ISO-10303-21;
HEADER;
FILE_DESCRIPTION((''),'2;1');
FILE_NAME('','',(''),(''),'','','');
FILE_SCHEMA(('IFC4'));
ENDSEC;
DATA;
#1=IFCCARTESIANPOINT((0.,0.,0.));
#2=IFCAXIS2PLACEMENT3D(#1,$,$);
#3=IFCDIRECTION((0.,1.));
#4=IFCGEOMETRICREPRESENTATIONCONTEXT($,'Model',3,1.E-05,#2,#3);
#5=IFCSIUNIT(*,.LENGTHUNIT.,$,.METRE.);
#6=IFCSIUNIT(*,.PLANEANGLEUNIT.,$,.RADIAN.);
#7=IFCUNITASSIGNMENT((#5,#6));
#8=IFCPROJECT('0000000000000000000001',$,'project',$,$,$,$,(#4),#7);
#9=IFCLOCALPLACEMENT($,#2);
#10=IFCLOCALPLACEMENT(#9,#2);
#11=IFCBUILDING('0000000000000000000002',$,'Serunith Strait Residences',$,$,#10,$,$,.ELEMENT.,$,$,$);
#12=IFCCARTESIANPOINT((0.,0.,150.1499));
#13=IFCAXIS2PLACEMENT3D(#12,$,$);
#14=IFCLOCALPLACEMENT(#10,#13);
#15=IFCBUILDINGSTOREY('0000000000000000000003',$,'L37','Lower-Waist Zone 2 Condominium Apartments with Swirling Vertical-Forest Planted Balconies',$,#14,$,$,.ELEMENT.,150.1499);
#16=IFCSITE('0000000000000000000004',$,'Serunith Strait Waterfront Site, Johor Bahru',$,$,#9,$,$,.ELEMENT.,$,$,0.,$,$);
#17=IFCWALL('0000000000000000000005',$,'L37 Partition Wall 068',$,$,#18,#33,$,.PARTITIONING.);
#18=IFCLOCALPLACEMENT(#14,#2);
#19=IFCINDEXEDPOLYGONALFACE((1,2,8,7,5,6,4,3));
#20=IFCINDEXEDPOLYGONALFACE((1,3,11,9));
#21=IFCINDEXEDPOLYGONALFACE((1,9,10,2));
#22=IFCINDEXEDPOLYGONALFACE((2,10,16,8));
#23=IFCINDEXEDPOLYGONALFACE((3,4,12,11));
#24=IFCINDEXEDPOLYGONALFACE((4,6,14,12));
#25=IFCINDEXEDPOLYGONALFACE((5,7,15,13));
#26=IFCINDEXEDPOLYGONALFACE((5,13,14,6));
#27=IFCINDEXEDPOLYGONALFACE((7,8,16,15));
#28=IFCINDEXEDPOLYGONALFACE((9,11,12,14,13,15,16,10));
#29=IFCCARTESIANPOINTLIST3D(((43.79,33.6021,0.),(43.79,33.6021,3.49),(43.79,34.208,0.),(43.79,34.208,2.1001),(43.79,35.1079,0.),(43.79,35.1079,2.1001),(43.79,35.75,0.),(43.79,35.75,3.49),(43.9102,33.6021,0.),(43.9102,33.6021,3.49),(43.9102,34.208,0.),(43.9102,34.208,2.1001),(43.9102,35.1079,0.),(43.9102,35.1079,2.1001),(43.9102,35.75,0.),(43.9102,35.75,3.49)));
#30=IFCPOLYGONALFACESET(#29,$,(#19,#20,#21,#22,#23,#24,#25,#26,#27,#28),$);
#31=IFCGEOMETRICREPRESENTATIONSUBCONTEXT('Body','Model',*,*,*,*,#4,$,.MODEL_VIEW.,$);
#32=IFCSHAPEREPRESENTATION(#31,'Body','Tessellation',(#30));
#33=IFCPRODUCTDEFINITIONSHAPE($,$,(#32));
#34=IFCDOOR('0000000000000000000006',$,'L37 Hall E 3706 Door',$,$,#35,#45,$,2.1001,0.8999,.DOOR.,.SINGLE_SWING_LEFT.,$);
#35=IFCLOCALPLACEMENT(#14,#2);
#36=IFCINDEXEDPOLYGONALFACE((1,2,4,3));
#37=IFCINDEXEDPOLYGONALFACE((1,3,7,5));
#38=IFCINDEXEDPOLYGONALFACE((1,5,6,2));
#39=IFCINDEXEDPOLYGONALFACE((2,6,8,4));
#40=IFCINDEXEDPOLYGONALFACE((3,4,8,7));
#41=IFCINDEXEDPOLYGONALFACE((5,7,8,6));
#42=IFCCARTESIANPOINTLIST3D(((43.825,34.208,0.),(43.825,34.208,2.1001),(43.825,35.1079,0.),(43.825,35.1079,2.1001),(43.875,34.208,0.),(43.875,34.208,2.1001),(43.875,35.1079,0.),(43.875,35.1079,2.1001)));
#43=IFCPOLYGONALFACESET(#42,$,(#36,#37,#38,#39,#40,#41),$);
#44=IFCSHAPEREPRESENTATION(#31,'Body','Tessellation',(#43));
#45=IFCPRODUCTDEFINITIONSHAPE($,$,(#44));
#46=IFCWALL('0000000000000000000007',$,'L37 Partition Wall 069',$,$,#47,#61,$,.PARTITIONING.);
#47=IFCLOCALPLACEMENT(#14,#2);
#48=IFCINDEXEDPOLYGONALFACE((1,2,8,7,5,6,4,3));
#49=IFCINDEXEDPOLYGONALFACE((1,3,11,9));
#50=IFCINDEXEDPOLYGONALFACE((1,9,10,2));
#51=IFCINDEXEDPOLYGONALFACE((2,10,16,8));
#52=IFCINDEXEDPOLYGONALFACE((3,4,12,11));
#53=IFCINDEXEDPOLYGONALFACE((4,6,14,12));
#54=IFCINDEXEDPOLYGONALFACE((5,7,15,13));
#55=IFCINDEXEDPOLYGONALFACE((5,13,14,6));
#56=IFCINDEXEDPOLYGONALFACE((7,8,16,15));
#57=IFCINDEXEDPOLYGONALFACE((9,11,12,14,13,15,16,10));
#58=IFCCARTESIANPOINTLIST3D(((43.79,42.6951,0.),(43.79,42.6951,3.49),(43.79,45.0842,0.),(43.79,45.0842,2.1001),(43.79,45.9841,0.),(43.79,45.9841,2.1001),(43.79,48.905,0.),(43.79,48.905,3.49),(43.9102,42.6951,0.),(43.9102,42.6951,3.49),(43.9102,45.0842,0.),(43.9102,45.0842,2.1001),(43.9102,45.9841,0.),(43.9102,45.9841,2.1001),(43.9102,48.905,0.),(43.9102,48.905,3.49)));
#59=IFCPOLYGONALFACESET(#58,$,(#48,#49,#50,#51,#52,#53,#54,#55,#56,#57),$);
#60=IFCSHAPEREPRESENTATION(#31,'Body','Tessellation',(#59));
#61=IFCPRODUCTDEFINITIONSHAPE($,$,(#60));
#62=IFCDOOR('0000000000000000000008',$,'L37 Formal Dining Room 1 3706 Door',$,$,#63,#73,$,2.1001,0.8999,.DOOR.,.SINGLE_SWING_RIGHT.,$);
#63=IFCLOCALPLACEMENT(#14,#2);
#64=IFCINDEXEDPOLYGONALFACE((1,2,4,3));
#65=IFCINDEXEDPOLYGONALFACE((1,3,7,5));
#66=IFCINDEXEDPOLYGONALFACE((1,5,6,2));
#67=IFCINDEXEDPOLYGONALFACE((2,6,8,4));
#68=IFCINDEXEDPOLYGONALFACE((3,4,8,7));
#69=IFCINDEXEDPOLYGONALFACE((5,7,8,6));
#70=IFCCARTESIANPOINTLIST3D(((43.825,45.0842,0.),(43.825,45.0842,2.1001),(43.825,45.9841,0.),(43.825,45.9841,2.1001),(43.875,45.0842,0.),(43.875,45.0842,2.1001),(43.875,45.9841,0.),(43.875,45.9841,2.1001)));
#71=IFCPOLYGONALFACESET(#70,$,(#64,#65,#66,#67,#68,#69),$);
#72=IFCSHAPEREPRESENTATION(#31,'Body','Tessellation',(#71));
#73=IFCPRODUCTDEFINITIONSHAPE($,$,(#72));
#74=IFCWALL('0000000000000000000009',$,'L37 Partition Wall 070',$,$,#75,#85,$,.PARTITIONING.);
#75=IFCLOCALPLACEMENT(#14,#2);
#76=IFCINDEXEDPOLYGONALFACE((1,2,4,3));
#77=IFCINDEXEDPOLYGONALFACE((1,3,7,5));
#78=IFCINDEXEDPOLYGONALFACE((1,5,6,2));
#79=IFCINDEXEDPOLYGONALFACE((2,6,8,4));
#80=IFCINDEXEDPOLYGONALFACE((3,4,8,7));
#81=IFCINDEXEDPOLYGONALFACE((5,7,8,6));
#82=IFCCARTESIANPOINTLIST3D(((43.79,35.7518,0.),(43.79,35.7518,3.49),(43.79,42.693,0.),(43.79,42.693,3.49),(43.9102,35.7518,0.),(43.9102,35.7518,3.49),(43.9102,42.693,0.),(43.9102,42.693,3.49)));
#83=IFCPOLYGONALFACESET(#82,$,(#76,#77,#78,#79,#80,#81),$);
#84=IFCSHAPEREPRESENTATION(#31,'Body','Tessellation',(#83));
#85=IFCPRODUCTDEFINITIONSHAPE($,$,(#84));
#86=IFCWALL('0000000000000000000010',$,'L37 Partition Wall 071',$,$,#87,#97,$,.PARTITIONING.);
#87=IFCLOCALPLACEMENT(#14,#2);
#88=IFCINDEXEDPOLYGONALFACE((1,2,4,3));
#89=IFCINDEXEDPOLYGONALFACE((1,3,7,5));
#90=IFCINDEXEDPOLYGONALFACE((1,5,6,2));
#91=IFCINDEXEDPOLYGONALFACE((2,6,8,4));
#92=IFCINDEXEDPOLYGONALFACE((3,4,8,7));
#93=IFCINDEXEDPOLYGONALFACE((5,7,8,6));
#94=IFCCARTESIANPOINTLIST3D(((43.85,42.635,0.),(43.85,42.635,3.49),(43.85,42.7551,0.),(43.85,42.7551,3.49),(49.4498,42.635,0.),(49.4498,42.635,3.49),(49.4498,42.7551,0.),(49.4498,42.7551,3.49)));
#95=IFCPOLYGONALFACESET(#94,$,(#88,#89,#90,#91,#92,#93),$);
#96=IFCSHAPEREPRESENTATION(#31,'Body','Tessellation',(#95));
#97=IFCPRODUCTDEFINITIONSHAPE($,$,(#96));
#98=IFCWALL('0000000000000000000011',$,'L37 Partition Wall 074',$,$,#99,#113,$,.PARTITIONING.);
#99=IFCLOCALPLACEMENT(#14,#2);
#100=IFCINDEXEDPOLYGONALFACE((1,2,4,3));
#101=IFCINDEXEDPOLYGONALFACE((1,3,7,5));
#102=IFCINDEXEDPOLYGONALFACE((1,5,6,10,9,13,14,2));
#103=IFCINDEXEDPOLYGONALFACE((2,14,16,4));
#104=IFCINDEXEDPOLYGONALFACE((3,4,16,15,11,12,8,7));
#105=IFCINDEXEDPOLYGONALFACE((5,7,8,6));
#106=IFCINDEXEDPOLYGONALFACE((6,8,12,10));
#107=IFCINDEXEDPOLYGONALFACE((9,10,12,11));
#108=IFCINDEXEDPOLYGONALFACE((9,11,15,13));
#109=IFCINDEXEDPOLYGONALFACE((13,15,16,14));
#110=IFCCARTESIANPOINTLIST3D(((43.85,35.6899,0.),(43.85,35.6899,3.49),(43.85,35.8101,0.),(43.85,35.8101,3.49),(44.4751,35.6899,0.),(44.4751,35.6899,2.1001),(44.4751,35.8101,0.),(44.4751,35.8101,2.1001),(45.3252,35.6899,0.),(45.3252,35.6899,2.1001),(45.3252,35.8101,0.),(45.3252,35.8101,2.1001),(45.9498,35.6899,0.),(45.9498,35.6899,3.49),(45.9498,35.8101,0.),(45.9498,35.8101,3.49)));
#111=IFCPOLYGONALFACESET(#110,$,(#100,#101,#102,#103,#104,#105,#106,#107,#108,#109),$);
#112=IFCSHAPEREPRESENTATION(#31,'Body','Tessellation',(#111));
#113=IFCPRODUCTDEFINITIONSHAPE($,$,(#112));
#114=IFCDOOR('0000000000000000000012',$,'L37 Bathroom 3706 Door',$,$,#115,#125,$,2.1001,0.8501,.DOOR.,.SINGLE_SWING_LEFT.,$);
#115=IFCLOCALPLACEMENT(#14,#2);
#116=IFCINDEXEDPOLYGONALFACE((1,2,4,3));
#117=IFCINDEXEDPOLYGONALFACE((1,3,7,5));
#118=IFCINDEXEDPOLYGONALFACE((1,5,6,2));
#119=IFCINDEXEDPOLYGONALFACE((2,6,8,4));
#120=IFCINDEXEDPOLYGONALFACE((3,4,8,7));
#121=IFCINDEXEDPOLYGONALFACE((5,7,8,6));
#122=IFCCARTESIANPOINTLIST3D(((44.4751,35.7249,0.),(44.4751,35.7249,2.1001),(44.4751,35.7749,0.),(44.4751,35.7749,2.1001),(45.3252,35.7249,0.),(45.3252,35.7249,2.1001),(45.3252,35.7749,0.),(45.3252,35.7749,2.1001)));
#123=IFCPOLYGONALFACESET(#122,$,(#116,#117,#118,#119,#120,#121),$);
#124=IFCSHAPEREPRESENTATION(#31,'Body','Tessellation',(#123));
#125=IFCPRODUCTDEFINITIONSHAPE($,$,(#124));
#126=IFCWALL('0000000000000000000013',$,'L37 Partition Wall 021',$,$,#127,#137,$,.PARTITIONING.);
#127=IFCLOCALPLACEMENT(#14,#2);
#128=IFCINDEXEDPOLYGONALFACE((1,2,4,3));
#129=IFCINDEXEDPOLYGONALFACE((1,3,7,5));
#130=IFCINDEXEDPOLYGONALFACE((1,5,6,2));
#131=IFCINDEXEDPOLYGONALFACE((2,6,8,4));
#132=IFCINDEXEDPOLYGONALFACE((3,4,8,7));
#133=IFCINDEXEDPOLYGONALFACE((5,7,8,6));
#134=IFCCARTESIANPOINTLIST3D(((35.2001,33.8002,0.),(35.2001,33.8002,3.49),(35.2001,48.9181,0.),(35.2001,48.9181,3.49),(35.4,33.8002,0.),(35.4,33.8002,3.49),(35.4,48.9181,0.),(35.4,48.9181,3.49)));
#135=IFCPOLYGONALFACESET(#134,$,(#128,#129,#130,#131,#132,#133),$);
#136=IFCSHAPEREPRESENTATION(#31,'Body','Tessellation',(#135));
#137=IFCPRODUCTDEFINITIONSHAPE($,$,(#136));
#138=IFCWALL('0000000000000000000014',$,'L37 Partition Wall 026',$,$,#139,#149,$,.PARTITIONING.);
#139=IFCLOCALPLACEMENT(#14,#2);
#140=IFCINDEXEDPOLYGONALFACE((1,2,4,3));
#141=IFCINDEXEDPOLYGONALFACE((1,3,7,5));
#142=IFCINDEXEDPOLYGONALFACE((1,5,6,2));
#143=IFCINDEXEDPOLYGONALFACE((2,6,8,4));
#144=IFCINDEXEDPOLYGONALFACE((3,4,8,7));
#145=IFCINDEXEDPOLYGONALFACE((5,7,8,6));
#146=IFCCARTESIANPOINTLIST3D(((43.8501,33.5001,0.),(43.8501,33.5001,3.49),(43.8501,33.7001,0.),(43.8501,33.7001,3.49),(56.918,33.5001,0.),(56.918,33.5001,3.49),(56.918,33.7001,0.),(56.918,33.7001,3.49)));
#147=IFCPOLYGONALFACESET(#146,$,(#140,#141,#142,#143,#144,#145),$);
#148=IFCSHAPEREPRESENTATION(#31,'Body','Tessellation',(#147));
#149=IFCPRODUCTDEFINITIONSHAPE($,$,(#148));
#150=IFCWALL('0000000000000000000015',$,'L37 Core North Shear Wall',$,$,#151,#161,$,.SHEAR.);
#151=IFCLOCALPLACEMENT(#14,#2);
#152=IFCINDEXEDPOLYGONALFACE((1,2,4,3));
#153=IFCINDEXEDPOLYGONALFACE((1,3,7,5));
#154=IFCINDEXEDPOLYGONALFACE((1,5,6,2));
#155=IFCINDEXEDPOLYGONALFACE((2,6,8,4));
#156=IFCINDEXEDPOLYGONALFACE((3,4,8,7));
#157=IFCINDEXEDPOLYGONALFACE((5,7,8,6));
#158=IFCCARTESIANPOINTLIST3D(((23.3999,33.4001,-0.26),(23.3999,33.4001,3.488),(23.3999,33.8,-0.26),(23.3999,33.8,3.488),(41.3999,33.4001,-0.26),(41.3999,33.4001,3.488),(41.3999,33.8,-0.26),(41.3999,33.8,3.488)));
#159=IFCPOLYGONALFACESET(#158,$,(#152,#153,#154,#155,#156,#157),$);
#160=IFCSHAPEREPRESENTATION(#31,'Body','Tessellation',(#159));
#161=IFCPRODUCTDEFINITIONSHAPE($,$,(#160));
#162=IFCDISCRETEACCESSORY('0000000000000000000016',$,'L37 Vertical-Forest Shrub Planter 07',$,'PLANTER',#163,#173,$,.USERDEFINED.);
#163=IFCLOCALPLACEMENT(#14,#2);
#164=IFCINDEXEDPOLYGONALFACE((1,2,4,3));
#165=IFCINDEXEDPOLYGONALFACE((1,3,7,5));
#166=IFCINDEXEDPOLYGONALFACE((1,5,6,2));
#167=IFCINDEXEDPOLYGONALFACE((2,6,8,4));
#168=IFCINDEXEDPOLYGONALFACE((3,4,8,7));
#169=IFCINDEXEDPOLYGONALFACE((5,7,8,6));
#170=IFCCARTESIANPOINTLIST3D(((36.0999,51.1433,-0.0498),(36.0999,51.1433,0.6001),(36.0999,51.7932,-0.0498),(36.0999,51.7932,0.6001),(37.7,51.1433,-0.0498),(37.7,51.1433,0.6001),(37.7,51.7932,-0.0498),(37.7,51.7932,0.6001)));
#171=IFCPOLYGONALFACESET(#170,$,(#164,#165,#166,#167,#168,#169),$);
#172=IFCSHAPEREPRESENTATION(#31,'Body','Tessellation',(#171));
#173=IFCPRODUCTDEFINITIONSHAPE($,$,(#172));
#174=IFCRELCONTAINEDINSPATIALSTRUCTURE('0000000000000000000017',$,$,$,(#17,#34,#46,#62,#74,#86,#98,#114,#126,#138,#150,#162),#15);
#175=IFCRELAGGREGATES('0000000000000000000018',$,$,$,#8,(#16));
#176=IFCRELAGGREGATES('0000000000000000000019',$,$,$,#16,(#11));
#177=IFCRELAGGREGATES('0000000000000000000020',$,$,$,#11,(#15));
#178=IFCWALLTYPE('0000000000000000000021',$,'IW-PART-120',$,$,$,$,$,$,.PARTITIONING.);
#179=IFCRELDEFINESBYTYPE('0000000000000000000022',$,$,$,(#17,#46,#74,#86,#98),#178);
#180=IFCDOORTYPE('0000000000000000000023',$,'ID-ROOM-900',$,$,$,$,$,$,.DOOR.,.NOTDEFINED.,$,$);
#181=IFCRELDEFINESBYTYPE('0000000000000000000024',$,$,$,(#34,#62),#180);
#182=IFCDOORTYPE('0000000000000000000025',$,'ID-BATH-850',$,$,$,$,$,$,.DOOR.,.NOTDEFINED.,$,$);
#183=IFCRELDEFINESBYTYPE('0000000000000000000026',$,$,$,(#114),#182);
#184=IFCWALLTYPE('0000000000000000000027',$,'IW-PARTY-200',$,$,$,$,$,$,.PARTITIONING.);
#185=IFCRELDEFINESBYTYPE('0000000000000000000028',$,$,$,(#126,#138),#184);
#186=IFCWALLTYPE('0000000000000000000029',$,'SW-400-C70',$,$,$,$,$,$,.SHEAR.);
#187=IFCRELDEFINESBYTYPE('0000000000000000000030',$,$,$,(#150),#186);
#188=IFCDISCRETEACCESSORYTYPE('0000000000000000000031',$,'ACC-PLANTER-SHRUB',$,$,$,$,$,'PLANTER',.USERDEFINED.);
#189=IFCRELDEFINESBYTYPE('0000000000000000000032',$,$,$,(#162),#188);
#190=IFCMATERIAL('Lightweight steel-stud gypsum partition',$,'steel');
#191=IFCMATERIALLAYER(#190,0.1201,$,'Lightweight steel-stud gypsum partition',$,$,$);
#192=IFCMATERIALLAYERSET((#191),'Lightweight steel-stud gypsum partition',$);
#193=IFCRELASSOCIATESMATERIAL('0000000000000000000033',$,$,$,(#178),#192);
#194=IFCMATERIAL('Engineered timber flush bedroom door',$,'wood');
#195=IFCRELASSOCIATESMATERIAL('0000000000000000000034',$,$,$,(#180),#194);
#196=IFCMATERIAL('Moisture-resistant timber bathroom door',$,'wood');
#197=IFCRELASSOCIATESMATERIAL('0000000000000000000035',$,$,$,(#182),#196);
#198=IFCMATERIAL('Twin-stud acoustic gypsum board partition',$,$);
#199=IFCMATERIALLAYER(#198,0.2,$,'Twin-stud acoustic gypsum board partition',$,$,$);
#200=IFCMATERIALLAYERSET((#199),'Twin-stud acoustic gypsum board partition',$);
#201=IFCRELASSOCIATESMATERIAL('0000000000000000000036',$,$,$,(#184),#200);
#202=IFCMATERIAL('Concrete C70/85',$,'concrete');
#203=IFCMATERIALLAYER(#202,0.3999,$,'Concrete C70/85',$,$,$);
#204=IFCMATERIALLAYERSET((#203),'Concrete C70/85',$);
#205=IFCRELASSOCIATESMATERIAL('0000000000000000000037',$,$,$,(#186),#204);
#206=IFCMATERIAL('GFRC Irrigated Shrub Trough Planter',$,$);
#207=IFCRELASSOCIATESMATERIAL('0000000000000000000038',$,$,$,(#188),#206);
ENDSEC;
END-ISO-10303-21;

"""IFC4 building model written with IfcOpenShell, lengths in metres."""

from ifc_helpers import new_model, si_unit, direction, frame, frame_2d, origin, origin_2d, place, context, subcontext, project, spatial, rectangle, extrude, source, transform, mapped, material, layer, layer_set, type_object, element, fill, save


model = new_model("IFC4")

# Units and contexts
model_context = context("Model", 3, precision=1e-05, world=origin(), true_north=direction((0.0, 1.0)))
body_context = subcontext(model_context, "Body", "Model", "MODEL_VIEW")
ifc_project = project(units=[si_unit("LENGTHUNIT", "METRE"), si_unit("PLANEANGLEUNIT", "RADIAN")], contexts=[model_context])

# Site, building, storey
site_placement = place(None, origin())
site = spatial("IfcSite", under=ifc_project, at=site_placement, Name="Serunith Strait Waterfront Site, Johor Bahru", CompositionType="ELEMENT", RefElevation=0.0)
building_placement = place(site_placement, origin())
building = spatial("IfcBuilding", under=site, at=building_placement, Name="Serunith Strait Residences", CompositionType="ELEMENT")
storey_placement = place(building_placement, frame((0.0, 0.0, 150.1499)))
storey = spatial("IfcBuildingStorey", under=building, at=storey_placement, Name="L37", Description="Lower-Waist Zone 2 Condominium Apartments with Swirling Vertical-Forest Planted Balconies", CompositionType="ELEMENT", Elevation=150.1499)

# Walls, openings, doors
ifc_material_1 = material(Name="Lightweight steel-stud gypsum partition", Category="steel")
ifc_layer_1 = layer(ifc_material_1, 0.1201, Name="Lightweight steel-stud gypsum partition")
ifc_layer_set_1 = layer_set([ifc_layer_1], Name="Lightweight steel-stud gypsum partition")
wall_type_1 = type_object("IfcWallType", Name="IW-PART-120", PredefinedType="PARTITIONING", material=ifc_layer_set_1)
wall_1_placement = place(storey_placement, frame((43.8501, 35.75, 0.0), z_axis=(0.0, 0.0, 1.0), x_axis=(0.0, -1.0, 0.0)))
wall_1 = element("IfcWall", 1, at=wall_1_placement, inside=storey, type_object=wall_type_1, Name="L37 Partition Wall 068", PredefinedType="PARTITIONING", context=body_context, shape_type="SweptSolid", body=[
    extrude(rectangle(XDim=2.1479, YDim=0.1201, at=frame_2d((1.074, 0.0))), origin(), (0.0, 0.0, 1.0), 3.49),
])
opening_1_placement = place(wall_1_placement, frame((0.6421, 0.0, 0.0)))
opening_1 = element("IfcOpeningElement", 2, at=opening_1_placement, cuts=wall_1, PredefinedType="OPENING", context=body_context, shape_type="SweptSolid", body=[
    extrude(rectangle(XDim=0.8999, YDim=2.1001, at=frame_2d((0.45, 1.05))), frame((0.0, 0.0701, 0.0), z_axis=(0.0, -1.0, 0.0), x_axis=(1.0, 0.0, 0.0)), (0.0, 0.0, 1.0), 0.1401),
])
ifc_material_2 = material(Name="Engineered timber flush bedroom door", Category="wood")
door_type_1 = type_object("IfcDoorType", Name="ID-ROOM-900", OperationType="NOTDEFINED", PredefinedType="DOOR", material=ifc_material_2)
shared_shape_1 = source(origin(), body_context, "Body", "SweptSolid", [
    extrude(rectangle(XDim=0.8999, YDim=2.1001, at=frame_2d((0.45, 1.05))), frame((0.0, 0.0249, 0.0), z_axis=(0.0, -1.0, 0.0), x_axis=(1.0, 0.0, 0.0)), (0.0, 0.0, 1.0), 0.05),
])
door_1_placement = place(opening_1_placement, origin())
door_1 = element("IfcDoor", 3, at=door_1_placement, inside=storey, type_object=door_type_1, Name="L37 Hall E 3706 Door", OperationType="SINGLE_SWING_LEFT", OverallHeight=2.1001, OverallWidth=0.8999, PredefinedType="DOOR", context=body_context, shape_type="MappedRepresentation", body=[
    mapped(shared_shape_1, transform((0.0, 0.0, 0.0), scale=1.0)),
])
fill(opening_1, door_1)
wall_2_placement = place(storey_placement, frame((43.8501, 48.905, 0.0), z_axis=(0.0, 0.0, 1.0), x_axis=(0.0, -1.0, 0.0)))
wall_2 = element("IfcWall", 4, at=wall_2_placement, inside=storey, type_object=wall_type_1, Name="L37 Partition Wall 069", PredefinedType="PARTITIONING", context=body_context, shape_type="SweptSolid", body=[
    extrude(rectangle(XDim=6.21, YDim=0.1201, at=frame_2d((3.105, 0.0))), origin(), (0.0, 0.0, 1.0), 3.49),
])
opening_2_placement = place(wall_2_placement, frame((2.9209, 0.0, 0.0)))
opening_2 = element("IfcOpeningElement", 5, at=opening_2_placement, cuts=wall_2, PredefinedType="OPENING", context=body_context, shape_type="SweptSolid", body=[
    extrude(rectangle(XDim=0.8999, YDim=2.1001, at=frame_2d((0.45, 1.05))), frame((0.0, 0.0701, 0.0), z_axis=(0.0, -1.0, 0.0), x_axis=(1.0, 0.0, 0.0)), (0.0, 0.0, 1.0), 0.1401),
])
door_2_placement = place(opening_2_placement, origin())
door_2 = element("IfcDoor", 6, at=door_2_placement, inside=storey, type_object=door_type_1, Name="L37 Formal Dining Room 1 3706 Door", OperationType="SINGLE_SWING_RIGHT", OverallHeight=2.1001, OverallWidth=0.8999, PredefinedType="DOOR", context=body_context, shape_type="MappedRepresentation", body=[
    mapped(shared_shape_1, transform((0.0, 0.0, 0.0), scale=1.0)),
])
fill(opening_2, door_2)

# Walls
wall_3_placement = place(storey_placement, frame((43.8501, 42.6931, 0.0), z_axis=(0.0, 0.0, 1.0), x_axis=(0.0, -1.0, 0.0)))
element("IfcWall", 7, at=wall_3_placement, inside=storey, type_object=wall_type_1, Name="L37 Partition Wall 070", PredefinedType="PARTITIONING", context=body_context, shape_type="SweptSolid", body=[
    extrude(rectangle(XDim=6.9412, YDim=0.1201, at=frame_2d((3.4707, 0.0))), origin(), (0.0, 0.0, 1.0), 3.49),
])
wall_4_placement = place(storey_placement, frame((43.8501, 42.6951, 0.0), z_axis=(0.0, 0.0, 1.0), x_axis=(1.0, 0.0, 0.0)))
element("IfcWall", 8, at=wall_4_placement, inside=storey, type_object=wall_type_1, Name="L37 Partition Wall 071", PredefinedType="PARTITIONING", context=body_context, shape_type="SweptSolid", body=[
    extrude(rectangle(XDim=5.5999, YDim=0.1201, at=frame_2d((2.7998, 0.0))), origin(), (0.0, 0.0, 1.0), 3.49),
])

# Wall, opening, door
wall_5_placement = place(storey_placement, frame((43.8501, 35.75, 0.0), z_axis=(0.0, 0.0, 1.0), x_axis=(1.0, 0.0, 0.0)))
wall_5 = element("IfcWall", 9, at=wall_5_placement, inside=storey, type_object=wall_type_1, Name="L37 Partition Wall 074", PredefinedType="PARTITIONING", context=body_context, shape_type="SweptSolid", body=[
    extrude(rectangle(XDim=2.0999, YDim=0.1201, at=frame_2d((1.0498, 0.0))), origin(), (0.0, 0.0, 1.0), 3.49),
])
opening_3_placement = place(wall_5_placement, frame((0.625, 0.0, 0.0)))
opening_3 = element("IfcOpeningElement", 10, at=opening_3_placement, cuts=wall_5, PredefinedType="OPENING", context=body_context, shape_type="SweptSolid", body=[
    extrude(rectangle(XDim=0.8501, YDim=2.1001, at=frame_2d((0.425, 1.05))), frame((0.0, 0.0701, 0.0), z_axis=(0.0, -1.0, 0.0), x_axis=(1.0, 0.0, 0.0)), (0.0, 0.0, 1.0), 0.1401),
])
ifc_material_3 = material(Name="Moisture-resistant timber bathroom door", Category="wood")
door_type_2 = type_object("IfcDoorType", Name="ID-BATH-850", OperationType="NOTDEFINED", PredefinedType="DOOR", material=ifc_material_3)
shared_shape_2 = source(origin(), body_context, "Body", "SweptSolid", [
    extrude(rectangle(XDim=0.8501, YDim=2.1001, at=frame_2d((0.425, 1.05))), frame((0.0, 0.0249, 0.0), z_axis=(0.0, -1.0, 0.0), x_axis=(1.0, 0.0, 0.0)), (0.0, 0.0, 1.0), 0.05),
])
door_3_placement = place(opening_3_placement, origin())
door_3 = element("IfcDoor", 11, at=door_3_placement, inside=storey, type_object=door_type_2, Name="L37 Bathroom 3706 Door", OperationType="SINGLE_SWING_LEFT", OverallHeight=2.1001, OverallWidth=0.8501, PredefinedType="DOOR", context=body_context, shape_type="MappedRepresentation", body=[
    mapped(shared_shape_2, transform((0.0, 0.0, 0.0), scale=1.0)),
])
fill(opening_3, door_3)

# Walls
ifc_material_4 = material(Name="Twin-stud acoustic gypsum board partition")
ifc_layer_2 = layer(ifc_material_4, 0.2, Name="Twin-stud acoustic gypsum board partition")
ifc_layer_set_2 = layer_set([ifc_layer_2], Name="Twin-stud acoustic gypsum board partition")
wall_type_2 = type_object("IfcWallType", Name="IW-PARTY-200", PredefinedType="PARTITIONING", material=ifc_layer_set_2)
wall_6_placement = place(storey_placement, frame((35.3, 33.8, 0.0), z_axis=(0.0, 0.0, 1.0), x_axis=(0.0, 1.0, 0.0)))
element("IfcWall", 12, at=wall_6_placement, inside=storey, type_object=wall_type_2, Name="L37 Partition Wall 021", PredefinedType="PARTITIONING", context=body_context, shape_type="SweptSolid", body=[
    extrude(rectangle(XDim=15.1179, YDim=0.2, at=frame_2d((7.5591, 0.0))), origin(), (0.0, 0.0, 1.0), 3.49),
])
wall_7_placement = place(storey_placement, frame((43.8501, 33.6001, 0.0), z_axis=(0.0, 0.0, 1.0), x_axis=(1.0, 0.0, 0.0)))
element("IfcWall", 13, at=wall_7_placement, inside=storey, type_object=wall_type_2, Name="L37 Partition Wall 026", PredefinedType="PARTITIONING", context=body_context, shape_type="SweptSolid", body=[
    extrude(rectangle(XDim=13.0679, YDim=0.2, at=frame_2d((6.5339, 0.0))), origin(), (0.0, 0.0, 1.0), 3.49),
])
ifc_material_5 = material(Name="Concrete C70/85", Category="concrete")
ifc_layer_3 = layer(ifc_material_5, 0.3999, Name="Concrete C70/85")
ifc_layer_set_3 = layer_set([ifc_layer_3], Name="Concrete C70/85")
wall_type_3 = type_object("IfcWallType", Name="SW-400-C70", PredefinedType="SHEAR", material=ifc_layer_set_3)
wall_8_placement = place(storey_placement, frame((41.3999, 33.6001, -0.26), z_axis=(0.0, 0.0, 1.0), x_axis=(-1.0, 0.0, 0.0)))
element("IfcWall", 14, at=wall_8_placement, inside=storey, type_object=wall_type_3, Name="L37 Core North Shear Wall", PredefinedType="SHEAR", context=body_context, shape_type="SweptSolid", body=[
    extrude(rectangle(XDim=18.0, YDim=0.3999, at=frame_2d((9.0, 0.0))), origin(), (0.0, 0.0, 1.0), 3.748),
])

# Discrete accessory
ifc_material_6 = material(Name="GFRC Irrigated Shrub Trough Planter")
discrete_accessory_type = type_object("IfcDiscreteAccessoryType", Name="ACC-PLANTER-SHRUB", ElementType="PLANTER", PredefinedType="USERDEFINED", material=ifc_material_6)
shared_shape_3 = source(origin(), body_context, "Body", "SweptSolid", [
    extrude(rectangle(XDim=1.6001, YDim=0.6499, at=origin_2d()), origin(), (0.0, 0.0, 1.0), 0.6499),
])
discrete_accessory_placement = place(storey_placement, frame((36.8999, 51.4683, -0.0498), z_axis=(0.0, 0.0, 1.0), x_axis=(-1.0, 0.0, 0.0)))
element("IfcDiscreteAccessory", 15, at=discrete_accessory_placement, inside=storey, type_object=discrete_accessory_type, Name="L37 Vertical-Forest Shrub Planter 07", ObjectType="PLANTER", PredefinedType="USERDEFINED", context=body_context, shape_type="MappedRepresentation", body=[
    mapped(shared_shape_3, transform((0.0, 0.0, 0.0), scale=1.0)),
])

save(model, "model.ifc")
